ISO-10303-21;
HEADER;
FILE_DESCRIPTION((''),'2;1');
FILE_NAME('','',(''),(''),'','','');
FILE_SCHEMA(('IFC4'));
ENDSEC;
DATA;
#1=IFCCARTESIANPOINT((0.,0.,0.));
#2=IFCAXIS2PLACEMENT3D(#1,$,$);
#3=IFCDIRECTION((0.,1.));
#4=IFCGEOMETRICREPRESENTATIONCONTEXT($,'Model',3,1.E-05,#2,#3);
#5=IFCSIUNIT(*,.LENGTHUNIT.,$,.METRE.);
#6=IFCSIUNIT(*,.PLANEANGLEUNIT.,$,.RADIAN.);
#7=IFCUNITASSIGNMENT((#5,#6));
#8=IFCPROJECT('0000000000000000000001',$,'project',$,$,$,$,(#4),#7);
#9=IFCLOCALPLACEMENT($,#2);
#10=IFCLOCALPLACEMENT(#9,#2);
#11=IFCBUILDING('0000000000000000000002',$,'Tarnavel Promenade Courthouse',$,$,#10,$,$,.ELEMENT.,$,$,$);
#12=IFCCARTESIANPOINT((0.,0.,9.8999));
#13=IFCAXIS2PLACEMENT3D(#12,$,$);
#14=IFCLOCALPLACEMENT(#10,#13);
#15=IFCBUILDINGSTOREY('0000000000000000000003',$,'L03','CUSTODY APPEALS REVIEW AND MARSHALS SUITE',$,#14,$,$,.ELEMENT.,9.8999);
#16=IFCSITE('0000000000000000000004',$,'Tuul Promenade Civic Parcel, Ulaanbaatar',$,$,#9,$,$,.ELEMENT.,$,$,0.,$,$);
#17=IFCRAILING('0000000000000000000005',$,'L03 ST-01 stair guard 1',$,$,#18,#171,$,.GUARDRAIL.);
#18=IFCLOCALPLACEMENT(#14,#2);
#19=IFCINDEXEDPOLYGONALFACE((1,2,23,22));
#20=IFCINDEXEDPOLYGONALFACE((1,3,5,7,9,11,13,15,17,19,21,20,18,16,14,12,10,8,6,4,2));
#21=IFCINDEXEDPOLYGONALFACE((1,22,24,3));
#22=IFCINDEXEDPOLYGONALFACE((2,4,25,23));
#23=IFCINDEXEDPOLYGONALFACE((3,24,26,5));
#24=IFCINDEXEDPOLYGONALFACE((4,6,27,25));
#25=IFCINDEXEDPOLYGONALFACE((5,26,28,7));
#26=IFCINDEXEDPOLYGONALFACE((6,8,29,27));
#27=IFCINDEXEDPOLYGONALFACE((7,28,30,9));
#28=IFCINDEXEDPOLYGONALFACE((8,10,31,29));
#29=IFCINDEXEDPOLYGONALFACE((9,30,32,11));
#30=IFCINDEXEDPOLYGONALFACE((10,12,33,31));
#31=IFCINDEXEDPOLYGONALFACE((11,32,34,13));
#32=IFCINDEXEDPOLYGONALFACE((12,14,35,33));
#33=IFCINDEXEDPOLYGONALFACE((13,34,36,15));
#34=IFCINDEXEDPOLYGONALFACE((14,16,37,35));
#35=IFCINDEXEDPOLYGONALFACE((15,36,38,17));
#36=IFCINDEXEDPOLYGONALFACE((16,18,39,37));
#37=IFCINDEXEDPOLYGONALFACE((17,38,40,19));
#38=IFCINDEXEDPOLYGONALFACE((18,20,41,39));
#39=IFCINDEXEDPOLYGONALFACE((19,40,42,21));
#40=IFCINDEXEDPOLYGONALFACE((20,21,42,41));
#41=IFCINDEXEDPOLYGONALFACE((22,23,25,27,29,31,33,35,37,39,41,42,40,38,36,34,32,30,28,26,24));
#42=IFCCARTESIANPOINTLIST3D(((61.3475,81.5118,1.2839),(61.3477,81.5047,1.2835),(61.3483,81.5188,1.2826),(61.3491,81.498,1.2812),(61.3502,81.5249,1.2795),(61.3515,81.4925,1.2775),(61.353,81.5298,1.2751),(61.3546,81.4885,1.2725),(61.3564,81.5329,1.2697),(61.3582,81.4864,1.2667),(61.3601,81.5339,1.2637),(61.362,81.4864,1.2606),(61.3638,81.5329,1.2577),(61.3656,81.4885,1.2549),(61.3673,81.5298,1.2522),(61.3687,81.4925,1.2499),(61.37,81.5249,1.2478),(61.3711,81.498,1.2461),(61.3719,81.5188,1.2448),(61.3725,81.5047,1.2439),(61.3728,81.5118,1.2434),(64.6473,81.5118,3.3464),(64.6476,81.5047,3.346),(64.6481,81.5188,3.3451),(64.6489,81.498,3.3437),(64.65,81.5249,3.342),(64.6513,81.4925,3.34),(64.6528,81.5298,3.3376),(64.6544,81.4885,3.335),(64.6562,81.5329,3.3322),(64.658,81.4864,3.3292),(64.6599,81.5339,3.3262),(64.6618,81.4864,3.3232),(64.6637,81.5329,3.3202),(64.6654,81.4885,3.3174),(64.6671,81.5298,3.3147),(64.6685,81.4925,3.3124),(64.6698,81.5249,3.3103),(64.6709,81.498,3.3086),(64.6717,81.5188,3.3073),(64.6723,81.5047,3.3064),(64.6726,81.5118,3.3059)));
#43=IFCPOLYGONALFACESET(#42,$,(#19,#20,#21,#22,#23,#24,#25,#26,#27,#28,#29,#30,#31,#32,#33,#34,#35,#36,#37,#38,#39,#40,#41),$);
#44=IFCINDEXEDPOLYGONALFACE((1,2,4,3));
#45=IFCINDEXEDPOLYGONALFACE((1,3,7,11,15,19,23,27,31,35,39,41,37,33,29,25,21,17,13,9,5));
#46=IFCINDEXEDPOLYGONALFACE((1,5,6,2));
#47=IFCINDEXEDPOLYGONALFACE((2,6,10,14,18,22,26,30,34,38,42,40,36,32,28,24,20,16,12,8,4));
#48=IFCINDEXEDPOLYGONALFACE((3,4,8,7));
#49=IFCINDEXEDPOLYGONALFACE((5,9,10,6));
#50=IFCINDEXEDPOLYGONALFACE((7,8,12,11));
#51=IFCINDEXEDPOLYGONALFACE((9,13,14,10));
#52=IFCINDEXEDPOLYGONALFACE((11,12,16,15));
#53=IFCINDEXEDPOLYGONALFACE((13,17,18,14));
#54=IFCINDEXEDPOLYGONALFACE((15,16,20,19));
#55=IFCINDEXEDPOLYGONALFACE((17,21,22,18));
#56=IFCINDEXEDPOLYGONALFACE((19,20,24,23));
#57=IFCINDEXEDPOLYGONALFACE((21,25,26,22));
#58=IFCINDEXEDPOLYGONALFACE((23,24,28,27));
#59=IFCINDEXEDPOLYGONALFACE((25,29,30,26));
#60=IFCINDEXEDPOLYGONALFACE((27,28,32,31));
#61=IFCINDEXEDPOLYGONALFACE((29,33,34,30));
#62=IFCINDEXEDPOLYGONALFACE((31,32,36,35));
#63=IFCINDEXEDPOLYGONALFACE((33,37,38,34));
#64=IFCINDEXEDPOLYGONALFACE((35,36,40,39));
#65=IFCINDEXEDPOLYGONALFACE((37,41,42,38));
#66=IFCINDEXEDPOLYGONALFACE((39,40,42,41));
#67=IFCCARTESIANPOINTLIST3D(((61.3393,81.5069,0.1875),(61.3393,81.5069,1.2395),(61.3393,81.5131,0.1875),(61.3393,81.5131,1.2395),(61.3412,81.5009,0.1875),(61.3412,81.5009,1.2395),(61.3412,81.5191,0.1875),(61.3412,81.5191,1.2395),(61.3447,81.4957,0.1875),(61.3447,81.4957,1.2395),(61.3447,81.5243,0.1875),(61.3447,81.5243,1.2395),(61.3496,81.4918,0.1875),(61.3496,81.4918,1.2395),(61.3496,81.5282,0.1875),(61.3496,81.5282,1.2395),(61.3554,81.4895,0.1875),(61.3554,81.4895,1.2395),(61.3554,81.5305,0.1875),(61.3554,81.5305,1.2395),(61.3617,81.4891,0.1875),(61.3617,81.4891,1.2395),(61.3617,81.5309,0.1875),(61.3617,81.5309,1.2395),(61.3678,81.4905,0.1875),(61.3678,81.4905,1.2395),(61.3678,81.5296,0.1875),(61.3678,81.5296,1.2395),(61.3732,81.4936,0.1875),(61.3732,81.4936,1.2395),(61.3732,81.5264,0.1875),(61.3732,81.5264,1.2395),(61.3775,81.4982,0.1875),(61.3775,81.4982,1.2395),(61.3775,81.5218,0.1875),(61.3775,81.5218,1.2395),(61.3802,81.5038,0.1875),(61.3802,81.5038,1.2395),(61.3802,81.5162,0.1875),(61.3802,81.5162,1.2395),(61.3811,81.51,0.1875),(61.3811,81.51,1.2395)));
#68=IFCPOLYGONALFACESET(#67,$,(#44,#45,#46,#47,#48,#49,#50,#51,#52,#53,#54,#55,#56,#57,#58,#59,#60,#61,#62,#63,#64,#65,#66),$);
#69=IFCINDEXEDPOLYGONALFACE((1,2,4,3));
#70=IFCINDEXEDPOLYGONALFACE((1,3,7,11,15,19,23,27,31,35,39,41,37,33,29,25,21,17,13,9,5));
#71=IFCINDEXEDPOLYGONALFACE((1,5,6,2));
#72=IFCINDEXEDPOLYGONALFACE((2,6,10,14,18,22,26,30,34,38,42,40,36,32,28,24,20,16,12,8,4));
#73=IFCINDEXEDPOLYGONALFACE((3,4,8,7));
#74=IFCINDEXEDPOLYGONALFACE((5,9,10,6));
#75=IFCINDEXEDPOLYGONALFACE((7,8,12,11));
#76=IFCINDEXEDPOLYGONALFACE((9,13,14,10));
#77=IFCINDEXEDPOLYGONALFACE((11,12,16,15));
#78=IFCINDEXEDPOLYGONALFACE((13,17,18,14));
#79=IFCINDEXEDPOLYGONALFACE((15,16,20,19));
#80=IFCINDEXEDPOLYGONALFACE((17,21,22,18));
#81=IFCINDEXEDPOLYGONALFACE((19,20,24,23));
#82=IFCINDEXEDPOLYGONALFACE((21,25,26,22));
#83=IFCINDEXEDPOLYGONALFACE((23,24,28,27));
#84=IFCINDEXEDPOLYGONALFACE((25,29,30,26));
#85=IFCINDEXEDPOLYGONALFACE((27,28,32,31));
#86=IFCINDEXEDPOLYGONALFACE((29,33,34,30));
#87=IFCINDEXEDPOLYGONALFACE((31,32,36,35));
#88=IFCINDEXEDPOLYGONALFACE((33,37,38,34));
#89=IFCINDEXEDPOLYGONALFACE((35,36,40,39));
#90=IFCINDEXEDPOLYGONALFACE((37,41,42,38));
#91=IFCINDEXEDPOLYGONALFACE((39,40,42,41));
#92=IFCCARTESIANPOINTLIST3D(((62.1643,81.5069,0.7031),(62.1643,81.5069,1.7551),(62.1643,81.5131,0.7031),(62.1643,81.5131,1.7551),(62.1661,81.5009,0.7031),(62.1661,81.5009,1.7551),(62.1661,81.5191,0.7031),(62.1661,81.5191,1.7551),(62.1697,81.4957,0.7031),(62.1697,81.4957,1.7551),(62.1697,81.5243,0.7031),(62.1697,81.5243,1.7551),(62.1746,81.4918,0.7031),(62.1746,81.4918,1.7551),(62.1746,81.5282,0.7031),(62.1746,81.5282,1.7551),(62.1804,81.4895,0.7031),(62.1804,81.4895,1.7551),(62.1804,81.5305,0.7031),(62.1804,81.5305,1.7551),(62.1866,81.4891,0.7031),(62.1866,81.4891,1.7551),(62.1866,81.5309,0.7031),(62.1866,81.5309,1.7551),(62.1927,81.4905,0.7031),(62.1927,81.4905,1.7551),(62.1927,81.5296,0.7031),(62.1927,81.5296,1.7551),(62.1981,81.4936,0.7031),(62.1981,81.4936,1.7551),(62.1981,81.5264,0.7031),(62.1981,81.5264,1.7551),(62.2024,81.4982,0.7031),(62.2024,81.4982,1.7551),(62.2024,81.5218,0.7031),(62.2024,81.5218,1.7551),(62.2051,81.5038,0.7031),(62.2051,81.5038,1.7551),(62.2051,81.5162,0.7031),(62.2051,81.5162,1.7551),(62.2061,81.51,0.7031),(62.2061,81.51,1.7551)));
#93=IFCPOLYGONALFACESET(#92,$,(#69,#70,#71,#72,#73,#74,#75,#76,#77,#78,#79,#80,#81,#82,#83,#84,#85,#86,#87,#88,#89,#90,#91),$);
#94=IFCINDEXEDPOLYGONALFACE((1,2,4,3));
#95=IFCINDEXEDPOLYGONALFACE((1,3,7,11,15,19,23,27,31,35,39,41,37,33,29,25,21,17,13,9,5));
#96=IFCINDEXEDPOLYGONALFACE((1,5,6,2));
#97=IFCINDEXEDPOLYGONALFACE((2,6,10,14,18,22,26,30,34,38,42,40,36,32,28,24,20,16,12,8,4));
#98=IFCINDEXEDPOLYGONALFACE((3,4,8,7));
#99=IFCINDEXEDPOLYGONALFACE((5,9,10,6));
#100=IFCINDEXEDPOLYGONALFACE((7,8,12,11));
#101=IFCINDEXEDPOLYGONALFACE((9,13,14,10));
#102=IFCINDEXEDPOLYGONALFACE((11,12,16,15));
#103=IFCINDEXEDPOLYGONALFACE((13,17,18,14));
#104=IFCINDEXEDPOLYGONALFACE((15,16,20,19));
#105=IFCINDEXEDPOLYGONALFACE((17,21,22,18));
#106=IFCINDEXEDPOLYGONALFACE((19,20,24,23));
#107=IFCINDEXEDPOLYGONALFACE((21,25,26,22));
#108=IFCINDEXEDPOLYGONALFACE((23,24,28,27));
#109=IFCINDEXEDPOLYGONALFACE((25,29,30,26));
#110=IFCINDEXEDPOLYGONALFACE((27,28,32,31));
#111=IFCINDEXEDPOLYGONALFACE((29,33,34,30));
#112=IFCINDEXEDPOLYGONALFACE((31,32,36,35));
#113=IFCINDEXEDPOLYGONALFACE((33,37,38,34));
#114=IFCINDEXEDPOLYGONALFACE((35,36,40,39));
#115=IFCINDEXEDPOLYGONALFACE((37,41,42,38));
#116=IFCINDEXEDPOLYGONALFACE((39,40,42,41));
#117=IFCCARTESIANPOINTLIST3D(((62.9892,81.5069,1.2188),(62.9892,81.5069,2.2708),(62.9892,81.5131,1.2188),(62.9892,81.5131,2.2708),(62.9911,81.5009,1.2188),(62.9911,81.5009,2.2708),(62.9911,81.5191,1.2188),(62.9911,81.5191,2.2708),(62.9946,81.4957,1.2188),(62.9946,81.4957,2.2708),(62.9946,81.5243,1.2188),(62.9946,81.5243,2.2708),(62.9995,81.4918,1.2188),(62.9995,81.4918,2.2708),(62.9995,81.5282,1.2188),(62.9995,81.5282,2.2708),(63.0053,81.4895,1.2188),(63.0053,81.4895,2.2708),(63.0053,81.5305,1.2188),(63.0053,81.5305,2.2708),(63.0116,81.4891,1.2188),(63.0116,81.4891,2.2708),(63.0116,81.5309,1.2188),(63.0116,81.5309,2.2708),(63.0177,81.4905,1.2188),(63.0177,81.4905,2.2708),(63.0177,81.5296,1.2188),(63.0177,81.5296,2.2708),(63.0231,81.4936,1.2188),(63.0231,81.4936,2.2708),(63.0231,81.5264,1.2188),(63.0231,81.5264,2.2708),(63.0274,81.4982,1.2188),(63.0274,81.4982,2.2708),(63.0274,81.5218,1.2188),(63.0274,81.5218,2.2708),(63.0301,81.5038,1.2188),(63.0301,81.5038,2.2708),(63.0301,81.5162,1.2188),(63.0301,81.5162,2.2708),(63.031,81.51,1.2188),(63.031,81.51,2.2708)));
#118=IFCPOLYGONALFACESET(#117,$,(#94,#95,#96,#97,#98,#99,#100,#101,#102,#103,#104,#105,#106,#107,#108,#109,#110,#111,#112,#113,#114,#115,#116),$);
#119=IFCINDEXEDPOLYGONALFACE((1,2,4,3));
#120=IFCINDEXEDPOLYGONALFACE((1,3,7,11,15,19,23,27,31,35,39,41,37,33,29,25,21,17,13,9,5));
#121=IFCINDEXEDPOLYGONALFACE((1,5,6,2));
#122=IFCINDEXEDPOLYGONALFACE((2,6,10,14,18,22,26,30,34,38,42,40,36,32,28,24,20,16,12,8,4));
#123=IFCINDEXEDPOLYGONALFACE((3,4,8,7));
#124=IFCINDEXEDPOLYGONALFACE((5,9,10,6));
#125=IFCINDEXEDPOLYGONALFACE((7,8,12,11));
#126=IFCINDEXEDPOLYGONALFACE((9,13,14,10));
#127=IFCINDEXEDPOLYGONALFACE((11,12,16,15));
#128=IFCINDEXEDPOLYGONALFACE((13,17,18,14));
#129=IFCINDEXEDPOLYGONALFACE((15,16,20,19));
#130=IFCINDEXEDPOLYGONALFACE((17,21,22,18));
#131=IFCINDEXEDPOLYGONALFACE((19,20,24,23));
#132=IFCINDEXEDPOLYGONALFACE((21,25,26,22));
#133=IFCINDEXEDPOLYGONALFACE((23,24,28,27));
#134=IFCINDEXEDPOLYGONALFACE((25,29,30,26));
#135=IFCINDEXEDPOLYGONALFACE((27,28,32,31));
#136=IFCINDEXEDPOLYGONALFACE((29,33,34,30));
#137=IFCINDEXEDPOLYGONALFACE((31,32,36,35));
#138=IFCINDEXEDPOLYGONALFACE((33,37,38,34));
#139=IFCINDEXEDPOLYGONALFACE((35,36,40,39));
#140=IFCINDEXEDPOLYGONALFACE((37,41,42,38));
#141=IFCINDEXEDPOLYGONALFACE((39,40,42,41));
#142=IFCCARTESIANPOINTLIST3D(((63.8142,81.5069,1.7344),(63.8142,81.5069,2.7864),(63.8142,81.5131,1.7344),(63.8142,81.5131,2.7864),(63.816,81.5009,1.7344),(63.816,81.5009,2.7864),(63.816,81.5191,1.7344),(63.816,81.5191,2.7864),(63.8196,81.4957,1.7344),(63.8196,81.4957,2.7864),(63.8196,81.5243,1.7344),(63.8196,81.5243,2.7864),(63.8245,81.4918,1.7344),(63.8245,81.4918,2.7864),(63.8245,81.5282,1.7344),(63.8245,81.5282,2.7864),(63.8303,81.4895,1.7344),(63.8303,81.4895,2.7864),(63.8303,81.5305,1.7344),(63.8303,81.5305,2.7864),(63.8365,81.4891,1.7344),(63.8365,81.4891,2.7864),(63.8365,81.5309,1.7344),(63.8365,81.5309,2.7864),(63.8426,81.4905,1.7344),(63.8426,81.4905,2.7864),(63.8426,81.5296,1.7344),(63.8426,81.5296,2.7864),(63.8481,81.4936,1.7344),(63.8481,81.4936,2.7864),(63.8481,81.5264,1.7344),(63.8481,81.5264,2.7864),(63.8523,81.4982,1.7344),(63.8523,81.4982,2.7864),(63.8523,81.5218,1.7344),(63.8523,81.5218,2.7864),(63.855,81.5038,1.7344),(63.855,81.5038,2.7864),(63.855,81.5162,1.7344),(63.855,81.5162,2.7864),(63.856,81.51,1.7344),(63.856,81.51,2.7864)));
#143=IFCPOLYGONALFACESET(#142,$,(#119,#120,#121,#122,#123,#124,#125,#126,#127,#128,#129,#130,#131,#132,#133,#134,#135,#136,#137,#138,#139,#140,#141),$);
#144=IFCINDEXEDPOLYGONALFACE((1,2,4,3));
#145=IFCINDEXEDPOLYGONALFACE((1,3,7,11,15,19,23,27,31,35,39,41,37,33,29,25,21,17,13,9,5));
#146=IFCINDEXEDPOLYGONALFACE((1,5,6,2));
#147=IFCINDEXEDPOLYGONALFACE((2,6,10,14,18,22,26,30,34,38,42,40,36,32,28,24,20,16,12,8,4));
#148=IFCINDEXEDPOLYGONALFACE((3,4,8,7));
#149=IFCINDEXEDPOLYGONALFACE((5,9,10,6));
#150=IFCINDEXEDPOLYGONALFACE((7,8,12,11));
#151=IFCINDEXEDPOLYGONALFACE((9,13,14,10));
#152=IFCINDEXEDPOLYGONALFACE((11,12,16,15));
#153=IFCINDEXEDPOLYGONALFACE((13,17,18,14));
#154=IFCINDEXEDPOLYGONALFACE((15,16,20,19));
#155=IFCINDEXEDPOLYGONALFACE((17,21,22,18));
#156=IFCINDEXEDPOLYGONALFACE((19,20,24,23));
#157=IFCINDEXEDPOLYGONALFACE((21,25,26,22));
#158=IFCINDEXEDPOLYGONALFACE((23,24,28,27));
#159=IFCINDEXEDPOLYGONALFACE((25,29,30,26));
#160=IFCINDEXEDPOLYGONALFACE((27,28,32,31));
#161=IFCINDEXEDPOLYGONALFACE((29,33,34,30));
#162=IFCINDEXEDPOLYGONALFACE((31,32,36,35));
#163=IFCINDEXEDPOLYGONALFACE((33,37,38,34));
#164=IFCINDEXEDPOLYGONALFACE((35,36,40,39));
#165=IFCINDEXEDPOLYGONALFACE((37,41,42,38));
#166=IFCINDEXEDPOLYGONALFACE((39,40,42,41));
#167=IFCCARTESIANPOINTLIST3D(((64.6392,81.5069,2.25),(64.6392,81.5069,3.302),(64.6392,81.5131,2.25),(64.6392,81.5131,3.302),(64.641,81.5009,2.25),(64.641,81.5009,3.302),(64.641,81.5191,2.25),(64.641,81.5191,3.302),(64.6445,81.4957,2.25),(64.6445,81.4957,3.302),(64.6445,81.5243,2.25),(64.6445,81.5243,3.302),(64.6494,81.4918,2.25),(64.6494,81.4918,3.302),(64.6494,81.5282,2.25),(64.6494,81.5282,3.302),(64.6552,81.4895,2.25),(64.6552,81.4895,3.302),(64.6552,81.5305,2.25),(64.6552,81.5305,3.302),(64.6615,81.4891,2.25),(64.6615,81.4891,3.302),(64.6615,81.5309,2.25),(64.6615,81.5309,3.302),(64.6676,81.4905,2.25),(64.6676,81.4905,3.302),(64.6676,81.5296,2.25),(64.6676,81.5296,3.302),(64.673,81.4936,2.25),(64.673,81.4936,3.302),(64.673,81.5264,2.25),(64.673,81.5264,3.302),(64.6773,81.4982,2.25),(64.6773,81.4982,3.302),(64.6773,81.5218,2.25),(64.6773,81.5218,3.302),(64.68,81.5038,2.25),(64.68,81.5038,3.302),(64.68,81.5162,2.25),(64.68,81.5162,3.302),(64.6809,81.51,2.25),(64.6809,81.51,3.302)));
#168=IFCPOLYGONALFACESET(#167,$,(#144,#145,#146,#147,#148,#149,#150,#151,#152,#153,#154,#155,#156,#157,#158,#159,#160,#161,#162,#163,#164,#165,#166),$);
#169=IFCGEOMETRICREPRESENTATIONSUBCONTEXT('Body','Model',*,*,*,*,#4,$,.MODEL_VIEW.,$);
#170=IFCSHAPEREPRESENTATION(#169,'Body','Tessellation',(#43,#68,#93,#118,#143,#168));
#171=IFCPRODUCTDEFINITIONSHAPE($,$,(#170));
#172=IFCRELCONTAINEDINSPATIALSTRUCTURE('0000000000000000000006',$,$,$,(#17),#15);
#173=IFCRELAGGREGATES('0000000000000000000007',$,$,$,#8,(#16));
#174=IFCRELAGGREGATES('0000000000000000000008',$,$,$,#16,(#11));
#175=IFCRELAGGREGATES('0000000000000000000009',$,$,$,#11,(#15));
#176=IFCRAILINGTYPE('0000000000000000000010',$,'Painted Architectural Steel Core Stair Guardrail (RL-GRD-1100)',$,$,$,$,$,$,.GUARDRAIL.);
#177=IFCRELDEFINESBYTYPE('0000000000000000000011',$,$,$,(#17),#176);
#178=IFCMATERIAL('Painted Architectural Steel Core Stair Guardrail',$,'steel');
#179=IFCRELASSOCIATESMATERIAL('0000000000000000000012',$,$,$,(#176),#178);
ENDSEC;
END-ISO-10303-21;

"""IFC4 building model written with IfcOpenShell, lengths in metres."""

from ifc_helpers import new_model, si_unit, direction, frame, origin, origin_2d, place, context, subcontext, project, spatial, circle, extrude, material, type_object, element, save


model = new_model("IFC4")

# Units and contexts
model_context = context("Model", 3, precision=1e-05, world=origin(), true_north=direction((0.0, 1.0)))
body_context = subcontext(model_context, "Body", "Model", "MODEL_VIEW")
ifc_project = project(units=[si_unit("LENGTHUNIT", "METRE"), si_unit("PLANEANGLEUNIT", "RADIAN")], contexts=[model_context])

# Site, building, storey
site_placement = place(None, origin())
site = spatial("IfcSite", under=ifc_project, at=site_placement, Name="Tuul Promenade Civic Parcel, Ulaanbaatar", CompositionType="ELEMENT", RefElevation=0.0)
building_placement = place(site_placement, origin())
building = spatial("IfcBuilding", under=site, at=building_placement, Name="Tarnavel Promenade Courthouse", CompositionType="ELEMENT")
storey_placement = place(building_placement, frame((0.0, 0.0, 9.8999)))
storey = spatial("IfcBuildingStorey", under=building, at=storey_placement, Name="L03", Description="CUSTODY APPEALS REVIEW AND MARSHALS SUITE", CompositionType="ELEMENT", Elevation=9.8999)

# Railing
ifc_material_1 = material(Name="Painted Architectural Steel Core Stair Guardrail", Category="steel")
railing_type_1 = type_object("IfcRailingType", Name="Painted Architectural Steel Core Stair Guardrail (RL-GRD-1100)", PredefinedType="GUARDRAIL", material=ifc_material_1)
railing_1_placement = place(storey_placement, frame((61.3601, 81.51, 0.1875)))
element("IfcRailing", 1, at=railing_1_placement, inside=storey, type_object=railing_type_1, Name="L03 ST-01 stair guard 1", PredefinedType="GUARDRAIL", context=body_context, shape_type="SweptSolid", body=[
    extrude(circle(Radius=0.0239, at=origin_2d()), frame((0.0, 0.0, 1.0762), z_axis=(0.847984, 0.0, 0.530021), x_axis=(0.0, 1.0, 0.0)), (0.0, 0.0, 1.0), 3.8914),
    extrude(circle(Radius=0.021, at=origin_2d()), origin(), (0.0, 0.0, 1.0), 1.052),
    extrude(circle(Radius=0.021, at=origin_2d()), frame((0.825, 0.0, 0.5156)), (0.0, 0.0, 1.0), 1.052),
    extrude(circle(Radius=0.021, at=origin_2d()), frame((1.6499, 0.0, 1.0312)), (0.0, 0.0, 1.0), 1.052),
    extrude(circle(Radius=0.021, at=origin_2d()), frame((2.4749, 0.0, 1.5469)), (0.0, 0.0, 1.0), 1.052),
    extrude(circle(Radius=0.021, at=origin_2d()), frame((3.2998, 0.0, 2.0625)), (0.0, 0.0, 1.0), 1.052),
])

save(model, "model.ifc")
